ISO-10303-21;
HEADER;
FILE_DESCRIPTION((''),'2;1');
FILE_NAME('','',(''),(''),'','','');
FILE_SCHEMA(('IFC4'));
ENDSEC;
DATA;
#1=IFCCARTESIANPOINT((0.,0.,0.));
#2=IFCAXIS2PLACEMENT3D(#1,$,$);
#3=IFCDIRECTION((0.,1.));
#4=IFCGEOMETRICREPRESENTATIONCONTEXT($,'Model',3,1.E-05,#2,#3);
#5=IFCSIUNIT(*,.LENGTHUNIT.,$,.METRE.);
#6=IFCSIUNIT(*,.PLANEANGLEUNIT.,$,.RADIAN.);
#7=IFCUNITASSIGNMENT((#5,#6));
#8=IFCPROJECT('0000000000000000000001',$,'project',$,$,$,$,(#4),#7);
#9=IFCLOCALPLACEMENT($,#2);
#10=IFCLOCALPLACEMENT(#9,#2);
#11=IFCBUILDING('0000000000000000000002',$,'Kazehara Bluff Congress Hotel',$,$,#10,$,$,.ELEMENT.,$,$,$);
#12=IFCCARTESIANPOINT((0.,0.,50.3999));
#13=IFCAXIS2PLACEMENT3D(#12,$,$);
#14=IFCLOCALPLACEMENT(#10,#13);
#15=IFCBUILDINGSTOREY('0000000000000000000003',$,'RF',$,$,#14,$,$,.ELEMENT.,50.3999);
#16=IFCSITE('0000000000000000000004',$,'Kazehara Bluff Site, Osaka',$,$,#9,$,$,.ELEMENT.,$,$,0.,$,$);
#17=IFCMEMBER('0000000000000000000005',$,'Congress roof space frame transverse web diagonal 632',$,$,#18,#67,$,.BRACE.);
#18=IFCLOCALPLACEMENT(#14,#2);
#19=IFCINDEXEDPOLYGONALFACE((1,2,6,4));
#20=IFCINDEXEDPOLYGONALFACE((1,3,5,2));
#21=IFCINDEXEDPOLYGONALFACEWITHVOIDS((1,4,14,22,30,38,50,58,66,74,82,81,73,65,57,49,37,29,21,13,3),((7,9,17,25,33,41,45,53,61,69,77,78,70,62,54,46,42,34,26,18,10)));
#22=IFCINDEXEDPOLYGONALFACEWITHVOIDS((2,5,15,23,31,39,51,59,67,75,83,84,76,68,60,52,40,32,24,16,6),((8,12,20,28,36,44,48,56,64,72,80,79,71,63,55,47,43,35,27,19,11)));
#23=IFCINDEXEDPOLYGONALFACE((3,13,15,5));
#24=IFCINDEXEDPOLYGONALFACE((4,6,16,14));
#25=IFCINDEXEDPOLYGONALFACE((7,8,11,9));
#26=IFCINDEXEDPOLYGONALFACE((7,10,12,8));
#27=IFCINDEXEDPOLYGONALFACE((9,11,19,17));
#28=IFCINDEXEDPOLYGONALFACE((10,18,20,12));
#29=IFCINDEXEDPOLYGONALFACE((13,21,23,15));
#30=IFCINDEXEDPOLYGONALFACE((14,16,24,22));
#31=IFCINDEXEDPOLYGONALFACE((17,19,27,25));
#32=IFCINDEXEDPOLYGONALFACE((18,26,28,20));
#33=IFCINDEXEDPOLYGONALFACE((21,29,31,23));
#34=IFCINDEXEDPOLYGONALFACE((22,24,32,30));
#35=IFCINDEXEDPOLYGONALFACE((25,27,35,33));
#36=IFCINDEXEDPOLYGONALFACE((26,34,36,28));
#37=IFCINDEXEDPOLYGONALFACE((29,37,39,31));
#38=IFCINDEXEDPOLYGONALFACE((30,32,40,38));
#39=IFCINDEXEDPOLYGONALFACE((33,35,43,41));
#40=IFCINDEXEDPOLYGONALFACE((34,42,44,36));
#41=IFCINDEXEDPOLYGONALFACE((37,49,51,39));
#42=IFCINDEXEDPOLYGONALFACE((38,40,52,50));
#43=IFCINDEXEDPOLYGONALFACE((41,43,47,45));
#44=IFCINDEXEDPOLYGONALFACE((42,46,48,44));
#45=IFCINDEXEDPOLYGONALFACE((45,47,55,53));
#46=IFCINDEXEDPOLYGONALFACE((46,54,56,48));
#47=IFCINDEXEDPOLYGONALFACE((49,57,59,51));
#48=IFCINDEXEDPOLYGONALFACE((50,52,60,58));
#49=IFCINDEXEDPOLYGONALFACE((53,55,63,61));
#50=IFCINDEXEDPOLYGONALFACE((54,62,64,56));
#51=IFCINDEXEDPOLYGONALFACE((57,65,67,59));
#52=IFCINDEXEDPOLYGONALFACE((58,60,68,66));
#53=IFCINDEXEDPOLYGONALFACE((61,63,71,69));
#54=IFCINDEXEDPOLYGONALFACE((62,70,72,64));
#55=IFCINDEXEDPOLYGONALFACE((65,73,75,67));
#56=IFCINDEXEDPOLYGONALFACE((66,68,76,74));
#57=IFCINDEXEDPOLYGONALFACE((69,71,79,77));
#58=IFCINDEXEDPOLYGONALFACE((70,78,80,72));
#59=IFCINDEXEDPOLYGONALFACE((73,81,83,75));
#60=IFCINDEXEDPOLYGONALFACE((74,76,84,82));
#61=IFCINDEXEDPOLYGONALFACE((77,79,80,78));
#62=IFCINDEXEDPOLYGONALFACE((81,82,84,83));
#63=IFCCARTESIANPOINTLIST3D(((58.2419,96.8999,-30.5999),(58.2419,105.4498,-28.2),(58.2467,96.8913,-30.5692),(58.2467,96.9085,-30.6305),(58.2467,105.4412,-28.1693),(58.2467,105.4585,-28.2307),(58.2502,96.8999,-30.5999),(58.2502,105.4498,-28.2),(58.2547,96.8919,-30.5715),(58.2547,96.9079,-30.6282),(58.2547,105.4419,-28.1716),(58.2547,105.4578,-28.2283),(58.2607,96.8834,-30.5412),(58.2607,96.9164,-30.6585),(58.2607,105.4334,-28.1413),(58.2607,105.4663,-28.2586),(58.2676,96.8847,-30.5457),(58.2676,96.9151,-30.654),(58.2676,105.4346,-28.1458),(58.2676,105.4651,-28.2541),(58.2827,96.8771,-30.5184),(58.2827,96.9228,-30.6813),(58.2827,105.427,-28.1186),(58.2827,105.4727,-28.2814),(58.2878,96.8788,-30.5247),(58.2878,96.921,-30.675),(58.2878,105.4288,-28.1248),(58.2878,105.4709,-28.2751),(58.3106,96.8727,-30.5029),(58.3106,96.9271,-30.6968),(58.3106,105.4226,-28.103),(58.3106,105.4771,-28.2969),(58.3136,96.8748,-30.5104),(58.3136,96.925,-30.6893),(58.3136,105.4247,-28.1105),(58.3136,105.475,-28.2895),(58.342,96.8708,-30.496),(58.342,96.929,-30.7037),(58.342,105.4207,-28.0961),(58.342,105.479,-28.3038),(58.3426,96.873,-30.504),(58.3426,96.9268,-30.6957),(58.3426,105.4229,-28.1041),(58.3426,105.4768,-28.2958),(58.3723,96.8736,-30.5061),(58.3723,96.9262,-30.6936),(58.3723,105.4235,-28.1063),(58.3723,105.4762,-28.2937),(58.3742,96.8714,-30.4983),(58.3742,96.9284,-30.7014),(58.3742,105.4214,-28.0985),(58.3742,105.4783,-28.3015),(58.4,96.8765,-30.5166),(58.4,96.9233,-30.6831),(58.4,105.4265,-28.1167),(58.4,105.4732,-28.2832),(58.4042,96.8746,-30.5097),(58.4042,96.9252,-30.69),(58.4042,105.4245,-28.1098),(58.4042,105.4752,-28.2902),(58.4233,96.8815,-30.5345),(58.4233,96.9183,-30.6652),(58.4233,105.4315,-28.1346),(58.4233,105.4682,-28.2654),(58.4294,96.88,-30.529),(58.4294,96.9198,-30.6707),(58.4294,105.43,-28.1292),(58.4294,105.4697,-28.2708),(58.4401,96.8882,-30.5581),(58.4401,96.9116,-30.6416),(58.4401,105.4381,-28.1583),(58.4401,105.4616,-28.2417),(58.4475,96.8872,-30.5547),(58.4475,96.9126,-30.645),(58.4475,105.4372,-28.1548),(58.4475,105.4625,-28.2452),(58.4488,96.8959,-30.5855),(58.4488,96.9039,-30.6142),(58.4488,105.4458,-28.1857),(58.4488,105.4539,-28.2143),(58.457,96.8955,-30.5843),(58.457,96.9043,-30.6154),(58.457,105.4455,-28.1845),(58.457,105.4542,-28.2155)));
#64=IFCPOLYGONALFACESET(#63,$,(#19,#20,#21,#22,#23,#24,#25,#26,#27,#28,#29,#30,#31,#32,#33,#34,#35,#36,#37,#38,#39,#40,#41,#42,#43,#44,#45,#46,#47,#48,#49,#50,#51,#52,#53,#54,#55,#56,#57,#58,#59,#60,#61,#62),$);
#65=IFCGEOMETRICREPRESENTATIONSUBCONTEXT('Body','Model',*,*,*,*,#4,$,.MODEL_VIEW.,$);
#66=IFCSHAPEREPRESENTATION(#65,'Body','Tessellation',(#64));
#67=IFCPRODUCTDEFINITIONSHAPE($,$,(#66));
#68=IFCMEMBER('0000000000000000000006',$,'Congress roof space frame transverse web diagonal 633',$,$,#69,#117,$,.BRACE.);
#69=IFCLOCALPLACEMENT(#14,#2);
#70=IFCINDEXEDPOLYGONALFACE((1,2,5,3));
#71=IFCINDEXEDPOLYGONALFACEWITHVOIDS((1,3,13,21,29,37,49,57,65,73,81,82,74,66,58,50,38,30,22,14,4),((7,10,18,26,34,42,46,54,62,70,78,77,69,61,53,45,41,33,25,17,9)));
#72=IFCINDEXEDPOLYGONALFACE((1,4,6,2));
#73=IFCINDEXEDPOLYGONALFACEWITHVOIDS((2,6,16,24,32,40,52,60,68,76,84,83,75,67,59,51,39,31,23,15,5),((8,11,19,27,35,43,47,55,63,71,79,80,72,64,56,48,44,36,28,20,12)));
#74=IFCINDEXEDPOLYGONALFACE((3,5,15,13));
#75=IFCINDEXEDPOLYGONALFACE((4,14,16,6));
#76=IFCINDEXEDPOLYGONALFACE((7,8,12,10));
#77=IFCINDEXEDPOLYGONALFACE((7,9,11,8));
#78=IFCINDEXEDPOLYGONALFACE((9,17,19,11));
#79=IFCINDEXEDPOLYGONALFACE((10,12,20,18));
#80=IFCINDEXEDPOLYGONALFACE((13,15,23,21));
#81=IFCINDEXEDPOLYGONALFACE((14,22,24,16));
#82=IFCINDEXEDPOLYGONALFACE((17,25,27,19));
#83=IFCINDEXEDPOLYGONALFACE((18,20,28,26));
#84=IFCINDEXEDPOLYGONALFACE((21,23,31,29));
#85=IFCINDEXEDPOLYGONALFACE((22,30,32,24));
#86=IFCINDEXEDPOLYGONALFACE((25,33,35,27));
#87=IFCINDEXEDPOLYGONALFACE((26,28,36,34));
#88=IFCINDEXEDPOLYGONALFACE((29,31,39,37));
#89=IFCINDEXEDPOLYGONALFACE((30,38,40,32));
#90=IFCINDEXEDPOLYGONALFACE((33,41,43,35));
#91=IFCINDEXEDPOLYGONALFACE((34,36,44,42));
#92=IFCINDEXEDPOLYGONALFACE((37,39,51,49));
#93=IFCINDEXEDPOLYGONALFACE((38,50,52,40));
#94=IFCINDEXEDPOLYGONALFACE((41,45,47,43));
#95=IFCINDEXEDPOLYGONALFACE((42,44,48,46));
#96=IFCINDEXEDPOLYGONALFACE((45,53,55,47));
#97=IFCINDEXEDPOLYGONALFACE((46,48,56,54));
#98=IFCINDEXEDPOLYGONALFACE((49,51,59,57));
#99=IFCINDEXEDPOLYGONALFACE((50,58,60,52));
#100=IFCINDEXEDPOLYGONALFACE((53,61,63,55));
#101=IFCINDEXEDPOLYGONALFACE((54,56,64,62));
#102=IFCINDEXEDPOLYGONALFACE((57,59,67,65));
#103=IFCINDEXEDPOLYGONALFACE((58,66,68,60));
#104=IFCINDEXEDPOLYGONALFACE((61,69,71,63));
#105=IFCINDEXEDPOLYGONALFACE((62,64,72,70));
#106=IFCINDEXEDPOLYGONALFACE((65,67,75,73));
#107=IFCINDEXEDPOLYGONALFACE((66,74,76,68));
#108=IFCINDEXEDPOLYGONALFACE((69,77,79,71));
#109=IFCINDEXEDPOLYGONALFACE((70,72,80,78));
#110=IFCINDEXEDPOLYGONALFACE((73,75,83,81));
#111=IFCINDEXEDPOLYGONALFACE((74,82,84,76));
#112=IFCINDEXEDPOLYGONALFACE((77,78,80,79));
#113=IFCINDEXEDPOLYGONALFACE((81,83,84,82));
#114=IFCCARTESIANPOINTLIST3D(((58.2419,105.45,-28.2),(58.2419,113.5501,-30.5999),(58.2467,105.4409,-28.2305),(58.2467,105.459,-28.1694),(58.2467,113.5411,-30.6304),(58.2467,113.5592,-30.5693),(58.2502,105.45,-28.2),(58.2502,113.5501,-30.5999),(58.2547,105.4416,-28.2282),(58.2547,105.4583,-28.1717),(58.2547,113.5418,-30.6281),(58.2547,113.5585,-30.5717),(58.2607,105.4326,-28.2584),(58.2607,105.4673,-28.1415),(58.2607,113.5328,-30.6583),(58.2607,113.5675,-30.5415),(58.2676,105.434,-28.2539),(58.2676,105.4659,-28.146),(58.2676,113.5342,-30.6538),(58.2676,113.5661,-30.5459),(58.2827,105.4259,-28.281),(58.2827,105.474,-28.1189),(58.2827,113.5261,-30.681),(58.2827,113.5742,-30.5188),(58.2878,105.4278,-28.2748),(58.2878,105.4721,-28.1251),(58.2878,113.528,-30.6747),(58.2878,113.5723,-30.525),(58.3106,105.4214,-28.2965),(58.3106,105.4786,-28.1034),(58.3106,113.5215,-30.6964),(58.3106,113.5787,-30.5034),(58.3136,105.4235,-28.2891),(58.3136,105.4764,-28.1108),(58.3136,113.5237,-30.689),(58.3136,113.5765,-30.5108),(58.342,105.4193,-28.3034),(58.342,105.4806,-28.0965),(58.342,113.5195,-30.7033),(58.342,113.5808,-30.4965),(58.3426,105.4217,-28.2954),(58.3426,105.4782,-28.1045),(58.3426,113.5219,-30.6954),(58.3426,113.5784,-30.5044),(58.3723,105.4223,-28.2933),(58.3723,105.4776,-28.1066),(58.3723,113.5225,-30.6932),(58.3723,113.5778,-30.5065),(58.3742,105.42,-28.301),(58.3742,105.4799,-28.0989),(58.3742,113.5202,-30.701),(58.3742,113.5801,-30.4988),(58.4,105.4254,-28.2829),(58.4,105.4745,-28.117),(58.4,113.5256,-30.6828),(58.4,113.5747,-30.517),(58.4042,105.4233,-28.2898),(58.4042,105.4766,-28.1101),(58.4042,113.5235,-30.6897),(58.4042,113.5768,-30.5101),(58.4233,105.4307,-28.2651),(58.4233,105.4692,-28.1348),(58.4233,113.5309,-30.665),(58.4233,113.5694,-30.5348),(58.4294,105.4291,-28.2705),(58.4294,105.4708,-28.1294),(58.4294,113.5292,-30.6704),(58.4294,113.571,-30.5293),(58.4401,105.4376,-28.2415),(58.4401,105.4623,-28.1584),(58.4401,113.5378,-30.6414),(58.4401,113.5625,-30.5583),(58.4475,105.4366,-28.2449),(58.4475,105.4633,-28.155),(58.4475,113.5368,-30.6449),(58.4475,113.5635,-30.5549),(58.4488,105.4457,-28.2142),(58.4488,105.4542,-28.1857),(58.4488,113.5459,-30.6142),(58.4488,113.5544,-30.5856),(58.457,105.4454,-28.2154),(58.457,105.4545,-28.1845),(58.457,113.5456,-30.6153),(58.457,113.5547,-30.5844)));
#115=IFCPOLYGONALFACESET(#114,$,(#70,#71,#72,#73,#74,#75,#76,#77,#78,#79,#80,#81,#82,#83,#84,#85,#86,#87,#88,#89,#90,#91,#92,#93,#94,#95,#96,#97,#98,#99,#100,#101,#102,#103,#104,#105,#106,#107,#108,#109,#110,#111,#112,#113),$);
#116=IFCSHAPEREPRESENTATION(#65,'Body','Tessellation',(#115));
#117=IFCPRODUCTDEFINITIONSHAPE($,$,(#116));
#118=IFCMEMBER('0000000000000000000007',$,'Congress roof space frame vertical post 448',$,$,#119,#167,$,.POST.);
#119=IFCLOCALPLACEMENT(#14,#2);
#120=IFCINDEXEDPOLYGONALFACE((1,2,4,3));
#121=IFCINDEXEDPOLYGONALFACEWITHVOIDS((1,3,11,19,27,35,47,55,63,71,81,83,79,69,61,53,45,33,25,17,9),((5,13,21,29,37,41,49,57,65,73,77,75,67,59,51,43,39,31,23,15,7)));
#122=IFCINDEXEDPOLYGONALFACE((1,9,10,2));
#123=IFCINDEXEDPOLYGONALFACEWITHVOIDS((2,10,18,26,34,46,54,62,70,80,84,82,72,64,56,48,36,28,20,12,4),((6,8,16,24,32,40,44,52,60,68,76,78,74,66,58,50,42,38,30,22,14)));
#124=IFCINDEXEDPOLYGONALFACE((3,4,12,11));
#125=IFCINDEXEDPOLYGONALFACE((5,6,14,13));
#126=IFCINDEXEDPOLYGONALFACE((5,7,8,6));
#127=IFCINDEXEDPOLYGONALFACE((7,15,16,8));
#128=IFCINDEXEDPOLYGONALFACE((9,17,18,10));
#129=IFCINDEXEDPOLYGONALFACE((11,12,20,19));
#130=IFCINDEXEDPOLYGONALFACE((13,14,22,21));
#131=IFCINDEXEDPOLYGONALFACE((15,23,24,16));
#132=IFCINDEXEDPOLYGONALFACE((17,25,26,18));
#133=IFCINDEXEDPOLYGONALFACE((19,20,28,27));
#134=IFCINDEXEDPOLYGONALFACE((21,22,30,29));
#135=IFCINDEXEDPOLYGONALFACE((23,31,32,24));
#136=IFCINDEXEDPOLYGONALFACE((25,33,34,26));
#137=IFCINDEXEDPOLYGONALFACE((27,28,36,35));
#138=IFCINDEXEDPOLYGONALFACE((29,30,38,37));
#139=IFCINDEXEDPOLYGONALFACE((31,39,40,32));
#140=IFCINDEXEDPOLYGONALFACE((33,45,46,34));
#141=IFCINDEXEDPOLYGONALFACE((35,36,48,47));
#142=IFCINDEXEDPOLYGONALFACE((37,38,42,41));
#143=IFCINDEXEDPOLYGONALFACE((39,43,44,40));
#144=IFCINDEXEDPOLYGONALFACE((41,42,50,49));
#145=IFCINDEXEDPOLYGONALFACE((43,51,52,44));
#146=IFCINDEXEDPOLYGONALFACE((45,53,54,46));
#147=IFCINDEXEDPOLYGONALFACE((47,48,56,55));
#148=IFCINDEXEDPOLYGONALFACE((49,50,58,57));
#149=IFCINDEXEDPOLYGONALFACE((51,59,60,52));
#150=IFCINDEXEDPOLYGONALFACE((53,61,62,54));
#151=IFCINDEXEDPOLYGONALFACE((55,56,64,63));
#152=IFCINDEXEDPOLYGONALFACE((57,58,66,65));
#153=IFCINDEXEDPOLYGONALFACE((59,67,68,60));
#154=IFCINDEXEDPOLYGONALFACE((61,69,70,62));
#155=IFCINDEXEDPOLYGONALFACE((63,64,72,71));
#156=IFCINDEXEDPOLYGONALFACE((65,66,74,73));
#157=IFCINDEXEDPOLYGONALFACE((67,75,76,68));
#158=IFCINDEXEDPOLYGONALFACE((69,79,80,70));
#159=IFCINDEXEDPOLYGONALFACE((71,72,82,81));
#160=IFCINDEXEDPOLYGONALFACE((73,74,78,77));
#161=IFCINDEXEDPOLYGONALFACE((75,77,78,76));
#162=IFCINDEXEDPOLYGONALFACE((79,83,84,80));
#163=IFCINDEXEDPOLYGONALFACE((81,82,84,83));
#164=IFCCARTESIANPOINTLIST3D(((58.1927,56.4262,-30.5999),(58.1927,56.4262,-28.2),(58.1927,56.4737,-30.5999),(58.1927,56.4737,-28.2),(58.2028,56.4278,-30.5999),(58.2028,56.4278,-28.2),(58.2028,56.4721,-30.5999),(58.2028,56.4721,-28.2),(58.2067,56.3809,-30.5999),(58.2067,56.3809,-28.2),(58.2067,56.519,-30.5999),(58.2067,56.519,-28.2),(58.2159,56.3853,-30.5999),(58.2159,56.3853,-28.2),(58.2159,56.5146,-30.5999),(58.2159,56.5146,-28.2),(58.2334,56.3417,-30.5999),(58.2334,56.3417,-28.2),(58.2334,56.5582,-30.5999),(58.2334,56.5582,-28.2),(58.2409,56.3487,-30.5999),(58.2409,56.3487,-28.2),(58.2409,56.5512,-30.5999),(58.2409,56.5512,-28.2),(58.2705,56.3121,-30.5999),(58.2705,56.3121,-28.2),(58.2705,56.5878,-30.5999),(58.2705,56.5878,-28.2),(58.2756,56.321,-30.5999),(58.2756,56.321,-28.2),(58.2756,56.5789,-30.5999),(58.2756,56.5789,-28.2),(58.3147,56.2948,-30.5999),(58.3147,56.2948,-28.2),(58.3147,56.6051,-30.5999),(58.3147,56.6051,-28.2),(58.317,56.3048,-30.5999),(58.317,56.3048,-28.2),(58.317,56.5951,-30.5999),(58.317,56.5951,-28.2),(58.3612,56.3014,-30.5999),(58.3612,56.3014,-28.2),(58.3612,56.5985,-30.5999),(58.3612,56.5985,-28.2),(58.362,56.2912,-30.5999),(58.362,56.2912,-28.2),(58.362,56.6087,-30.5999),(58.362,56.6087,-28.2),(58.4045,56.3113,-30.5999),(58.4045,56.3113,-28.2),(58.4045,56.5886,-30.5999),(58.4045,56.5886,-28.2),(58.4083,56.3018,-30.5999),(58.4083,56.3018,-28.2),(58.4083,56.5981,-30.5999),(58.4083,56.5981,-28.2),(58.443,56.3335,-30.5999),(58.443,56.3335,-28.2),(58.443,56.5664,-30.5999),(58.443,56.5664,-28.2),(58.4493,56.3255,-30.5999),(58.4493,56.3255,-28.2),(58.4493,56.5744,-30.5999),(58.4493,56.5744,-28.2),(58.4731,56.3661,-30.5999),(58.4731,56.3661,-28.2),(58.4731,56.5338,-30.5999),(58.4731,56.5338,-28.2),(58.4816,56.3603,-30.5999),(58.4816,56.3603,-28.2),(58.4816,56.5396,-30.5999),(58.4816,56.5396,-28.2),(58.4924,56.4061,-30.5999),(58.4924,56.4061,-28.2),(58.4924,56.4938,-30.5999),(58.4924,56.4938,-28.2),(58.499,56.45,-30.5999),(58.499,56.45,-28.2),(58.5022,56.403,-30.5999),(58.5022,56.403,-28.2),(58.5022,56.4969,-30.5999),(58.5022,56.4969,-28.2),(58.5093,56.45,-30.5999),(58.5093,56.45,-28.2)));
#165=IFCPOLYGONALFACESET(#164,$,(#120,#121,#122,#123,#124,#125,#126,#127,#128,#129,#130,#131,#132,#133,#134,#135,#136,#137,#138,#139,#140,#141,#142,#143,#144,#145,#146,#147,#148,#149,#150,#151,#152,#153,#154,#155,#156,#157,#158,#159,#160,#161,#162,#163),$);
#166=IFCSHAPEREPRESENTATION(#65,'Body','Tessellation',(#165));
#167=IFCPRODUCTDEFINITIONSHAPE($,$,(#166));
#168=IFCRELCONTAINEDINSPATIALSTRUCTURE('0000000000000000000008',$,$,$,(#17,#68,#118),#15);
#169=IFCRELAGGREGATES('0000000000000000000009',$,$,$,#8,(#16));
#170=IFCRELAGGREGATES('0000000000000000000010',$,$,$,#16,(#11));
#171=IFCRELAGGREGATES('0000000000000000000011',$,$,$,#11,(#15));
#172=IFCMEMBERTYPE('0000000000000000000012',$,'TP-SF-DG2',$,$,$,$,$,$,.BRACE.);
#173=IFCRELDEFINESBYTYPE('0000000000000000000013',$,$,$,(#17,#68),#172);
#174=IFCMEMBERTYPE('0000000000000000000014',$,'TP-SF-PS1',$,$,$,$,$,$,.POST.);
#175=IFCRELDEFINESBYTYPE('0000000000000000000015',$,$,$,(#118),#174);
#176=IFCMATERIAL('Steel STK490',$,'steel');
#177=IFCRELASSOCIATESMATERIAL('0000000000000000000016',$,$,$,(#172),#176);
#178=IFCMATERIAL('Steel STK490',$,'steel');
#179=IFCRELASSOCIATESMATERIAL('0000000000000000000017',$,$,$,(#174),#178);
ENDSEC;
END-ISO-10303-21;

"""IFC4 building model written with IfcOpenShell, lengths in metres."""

from ifc_helpers import new_model, si_unit, direction, frame, origin, origin_2d, place, context, subcontext, project, spatial, hollow_circle, extrude, material, material_profile, profile_set, type_object, element, save


model = new_model("IFC4")

# Units and contexts
model_context = context("Model", 3, precision=1e-05, world=origin(), true_north=direction((0.0, 1.0)))
body_context = subcontext(model_context, "Body", "Model", "MODEL_VIEW")
ifc_project = project(units=[si_unit("LENGTHUNIT", "METRE"), si_unit("PLANEANGLEUNIT", "RADIAN")], contexts=[model_context])

# Site, building, storey
site_placement = place(None, origin())
site = spatial("IfcSite", under=ifc_project, at=site_placement, Name="Kazehara Bluff Site, Osaka", CompositionType="ELEMENT", RefElevation=0.0)
building_placement = place(site_placement, origin())
building = spatial("IfcBuilding", under=site, at=building_placement, Name="Kazehara Bluff Congress Hotel", CompositionType="ELEMENT")
storey_placement = place(building_placement, frame((0.0, 0.0, 50.3999)))
storey = spatial("IfcBuildingStorey", under=building, at=storey_placement, Name="RF", CompositionType="ELEMENT", Elevation=50.3999)

# Members
ifc_material_1 = material(Name="Steel STK490", Category="steel")
ifc_material_profile_1 = material_profile(ifc_material_1, hollow_circle(Radius=0.1082, WallThickness=0.0083, at=origin_2d()))
ifc_profile_set_1 = profile_set([ifc_material_profile_1], Name="Steel STK490")
member_type_1 = type_object("IfcMemberType", Name="TP-SF-DG2", PredefinedType="BRACE", material=ifc_profile_set_1)
member_1_placement = place(storey_placement, frame((58.3501, 96.8999, -30.5999), z_axis=(0.0, 0.962792, 0.270245), x_axis=(-1.0, 0.0, 0.0)))
element("IfcMember", 1, at=member_1_placement, inside=storey, type_object=member_type_1, Name="Congress roof space frame transverse web diagonal 632", PredefinedType="BRACE", context=body_context, shape_type="SweptSolid", body=[
    extrude(hollow_circle(Radius=0.1082, WallThickness=0.0083, at=origin_2d()), origin(), (0.0, 0.0, 1.0), 8.8804),
])
member_2_placement = place(storey_placement, frame((58.3501, 105.45, -28.2), z_axis=(0.0, 0.958802, -0.284075), x_axis=(-1.0, 0.0, 0.0)))
element("IfcMember", 2, at=member_2_placement, inside=storey, type_object=member_type_1, Name="Congress roof space frame transverse web diagonal 633", PredefinedType="BRACE", context=body_context, shape_type="SweptSolid", body=[
    extrude(hollow_circle(Radius=0.1082, WallThickness=0.0083, at=origin_2d()), origin(), (0.0, 0.0, 1.0), 8.4482),
])
ifc_material_2 = material(Name="Steel STK490", Category="steel")
ifc_material_profile_2 = material_profile(ifc_material_2, hollow_circle(Radius=0.1592, WallThickness=0.0103, at=origin_2d()))
ifc_profile_set_2 = profile_set([ifc_material_profile_2], Name="Steel STK490")
member_type_2 = type_object("IfcMemberType", Name="TP-SF-PS1", PredefinedType="POST", material=ifc_profile_set_2)
for number, where, z_axis, x_axis, name in (
    (3, (58.3501, 56.45, -30.5999), (0.0, 0.0, 1.0), (1.0, 0.0, 0.0), "Congress roof space frame vertical post 448"),
):
    element("IfcMember", number, at=place(storey_placement, frame(where, z_axis=z_axis, x_axis=x_axis)), inside=storey, type_object=member_type_2, Name=name, PredefinedType="POST", context=body_context, shape_type="SweptSolid", body=[
        extrude(hollow_circle(Radius=0.1592, WallThickness=0.0103, at=origin_2d()), origin(), (0.0, 0.0, 1.0), 2.3999),
    ])

save(model, "model.ifc")
